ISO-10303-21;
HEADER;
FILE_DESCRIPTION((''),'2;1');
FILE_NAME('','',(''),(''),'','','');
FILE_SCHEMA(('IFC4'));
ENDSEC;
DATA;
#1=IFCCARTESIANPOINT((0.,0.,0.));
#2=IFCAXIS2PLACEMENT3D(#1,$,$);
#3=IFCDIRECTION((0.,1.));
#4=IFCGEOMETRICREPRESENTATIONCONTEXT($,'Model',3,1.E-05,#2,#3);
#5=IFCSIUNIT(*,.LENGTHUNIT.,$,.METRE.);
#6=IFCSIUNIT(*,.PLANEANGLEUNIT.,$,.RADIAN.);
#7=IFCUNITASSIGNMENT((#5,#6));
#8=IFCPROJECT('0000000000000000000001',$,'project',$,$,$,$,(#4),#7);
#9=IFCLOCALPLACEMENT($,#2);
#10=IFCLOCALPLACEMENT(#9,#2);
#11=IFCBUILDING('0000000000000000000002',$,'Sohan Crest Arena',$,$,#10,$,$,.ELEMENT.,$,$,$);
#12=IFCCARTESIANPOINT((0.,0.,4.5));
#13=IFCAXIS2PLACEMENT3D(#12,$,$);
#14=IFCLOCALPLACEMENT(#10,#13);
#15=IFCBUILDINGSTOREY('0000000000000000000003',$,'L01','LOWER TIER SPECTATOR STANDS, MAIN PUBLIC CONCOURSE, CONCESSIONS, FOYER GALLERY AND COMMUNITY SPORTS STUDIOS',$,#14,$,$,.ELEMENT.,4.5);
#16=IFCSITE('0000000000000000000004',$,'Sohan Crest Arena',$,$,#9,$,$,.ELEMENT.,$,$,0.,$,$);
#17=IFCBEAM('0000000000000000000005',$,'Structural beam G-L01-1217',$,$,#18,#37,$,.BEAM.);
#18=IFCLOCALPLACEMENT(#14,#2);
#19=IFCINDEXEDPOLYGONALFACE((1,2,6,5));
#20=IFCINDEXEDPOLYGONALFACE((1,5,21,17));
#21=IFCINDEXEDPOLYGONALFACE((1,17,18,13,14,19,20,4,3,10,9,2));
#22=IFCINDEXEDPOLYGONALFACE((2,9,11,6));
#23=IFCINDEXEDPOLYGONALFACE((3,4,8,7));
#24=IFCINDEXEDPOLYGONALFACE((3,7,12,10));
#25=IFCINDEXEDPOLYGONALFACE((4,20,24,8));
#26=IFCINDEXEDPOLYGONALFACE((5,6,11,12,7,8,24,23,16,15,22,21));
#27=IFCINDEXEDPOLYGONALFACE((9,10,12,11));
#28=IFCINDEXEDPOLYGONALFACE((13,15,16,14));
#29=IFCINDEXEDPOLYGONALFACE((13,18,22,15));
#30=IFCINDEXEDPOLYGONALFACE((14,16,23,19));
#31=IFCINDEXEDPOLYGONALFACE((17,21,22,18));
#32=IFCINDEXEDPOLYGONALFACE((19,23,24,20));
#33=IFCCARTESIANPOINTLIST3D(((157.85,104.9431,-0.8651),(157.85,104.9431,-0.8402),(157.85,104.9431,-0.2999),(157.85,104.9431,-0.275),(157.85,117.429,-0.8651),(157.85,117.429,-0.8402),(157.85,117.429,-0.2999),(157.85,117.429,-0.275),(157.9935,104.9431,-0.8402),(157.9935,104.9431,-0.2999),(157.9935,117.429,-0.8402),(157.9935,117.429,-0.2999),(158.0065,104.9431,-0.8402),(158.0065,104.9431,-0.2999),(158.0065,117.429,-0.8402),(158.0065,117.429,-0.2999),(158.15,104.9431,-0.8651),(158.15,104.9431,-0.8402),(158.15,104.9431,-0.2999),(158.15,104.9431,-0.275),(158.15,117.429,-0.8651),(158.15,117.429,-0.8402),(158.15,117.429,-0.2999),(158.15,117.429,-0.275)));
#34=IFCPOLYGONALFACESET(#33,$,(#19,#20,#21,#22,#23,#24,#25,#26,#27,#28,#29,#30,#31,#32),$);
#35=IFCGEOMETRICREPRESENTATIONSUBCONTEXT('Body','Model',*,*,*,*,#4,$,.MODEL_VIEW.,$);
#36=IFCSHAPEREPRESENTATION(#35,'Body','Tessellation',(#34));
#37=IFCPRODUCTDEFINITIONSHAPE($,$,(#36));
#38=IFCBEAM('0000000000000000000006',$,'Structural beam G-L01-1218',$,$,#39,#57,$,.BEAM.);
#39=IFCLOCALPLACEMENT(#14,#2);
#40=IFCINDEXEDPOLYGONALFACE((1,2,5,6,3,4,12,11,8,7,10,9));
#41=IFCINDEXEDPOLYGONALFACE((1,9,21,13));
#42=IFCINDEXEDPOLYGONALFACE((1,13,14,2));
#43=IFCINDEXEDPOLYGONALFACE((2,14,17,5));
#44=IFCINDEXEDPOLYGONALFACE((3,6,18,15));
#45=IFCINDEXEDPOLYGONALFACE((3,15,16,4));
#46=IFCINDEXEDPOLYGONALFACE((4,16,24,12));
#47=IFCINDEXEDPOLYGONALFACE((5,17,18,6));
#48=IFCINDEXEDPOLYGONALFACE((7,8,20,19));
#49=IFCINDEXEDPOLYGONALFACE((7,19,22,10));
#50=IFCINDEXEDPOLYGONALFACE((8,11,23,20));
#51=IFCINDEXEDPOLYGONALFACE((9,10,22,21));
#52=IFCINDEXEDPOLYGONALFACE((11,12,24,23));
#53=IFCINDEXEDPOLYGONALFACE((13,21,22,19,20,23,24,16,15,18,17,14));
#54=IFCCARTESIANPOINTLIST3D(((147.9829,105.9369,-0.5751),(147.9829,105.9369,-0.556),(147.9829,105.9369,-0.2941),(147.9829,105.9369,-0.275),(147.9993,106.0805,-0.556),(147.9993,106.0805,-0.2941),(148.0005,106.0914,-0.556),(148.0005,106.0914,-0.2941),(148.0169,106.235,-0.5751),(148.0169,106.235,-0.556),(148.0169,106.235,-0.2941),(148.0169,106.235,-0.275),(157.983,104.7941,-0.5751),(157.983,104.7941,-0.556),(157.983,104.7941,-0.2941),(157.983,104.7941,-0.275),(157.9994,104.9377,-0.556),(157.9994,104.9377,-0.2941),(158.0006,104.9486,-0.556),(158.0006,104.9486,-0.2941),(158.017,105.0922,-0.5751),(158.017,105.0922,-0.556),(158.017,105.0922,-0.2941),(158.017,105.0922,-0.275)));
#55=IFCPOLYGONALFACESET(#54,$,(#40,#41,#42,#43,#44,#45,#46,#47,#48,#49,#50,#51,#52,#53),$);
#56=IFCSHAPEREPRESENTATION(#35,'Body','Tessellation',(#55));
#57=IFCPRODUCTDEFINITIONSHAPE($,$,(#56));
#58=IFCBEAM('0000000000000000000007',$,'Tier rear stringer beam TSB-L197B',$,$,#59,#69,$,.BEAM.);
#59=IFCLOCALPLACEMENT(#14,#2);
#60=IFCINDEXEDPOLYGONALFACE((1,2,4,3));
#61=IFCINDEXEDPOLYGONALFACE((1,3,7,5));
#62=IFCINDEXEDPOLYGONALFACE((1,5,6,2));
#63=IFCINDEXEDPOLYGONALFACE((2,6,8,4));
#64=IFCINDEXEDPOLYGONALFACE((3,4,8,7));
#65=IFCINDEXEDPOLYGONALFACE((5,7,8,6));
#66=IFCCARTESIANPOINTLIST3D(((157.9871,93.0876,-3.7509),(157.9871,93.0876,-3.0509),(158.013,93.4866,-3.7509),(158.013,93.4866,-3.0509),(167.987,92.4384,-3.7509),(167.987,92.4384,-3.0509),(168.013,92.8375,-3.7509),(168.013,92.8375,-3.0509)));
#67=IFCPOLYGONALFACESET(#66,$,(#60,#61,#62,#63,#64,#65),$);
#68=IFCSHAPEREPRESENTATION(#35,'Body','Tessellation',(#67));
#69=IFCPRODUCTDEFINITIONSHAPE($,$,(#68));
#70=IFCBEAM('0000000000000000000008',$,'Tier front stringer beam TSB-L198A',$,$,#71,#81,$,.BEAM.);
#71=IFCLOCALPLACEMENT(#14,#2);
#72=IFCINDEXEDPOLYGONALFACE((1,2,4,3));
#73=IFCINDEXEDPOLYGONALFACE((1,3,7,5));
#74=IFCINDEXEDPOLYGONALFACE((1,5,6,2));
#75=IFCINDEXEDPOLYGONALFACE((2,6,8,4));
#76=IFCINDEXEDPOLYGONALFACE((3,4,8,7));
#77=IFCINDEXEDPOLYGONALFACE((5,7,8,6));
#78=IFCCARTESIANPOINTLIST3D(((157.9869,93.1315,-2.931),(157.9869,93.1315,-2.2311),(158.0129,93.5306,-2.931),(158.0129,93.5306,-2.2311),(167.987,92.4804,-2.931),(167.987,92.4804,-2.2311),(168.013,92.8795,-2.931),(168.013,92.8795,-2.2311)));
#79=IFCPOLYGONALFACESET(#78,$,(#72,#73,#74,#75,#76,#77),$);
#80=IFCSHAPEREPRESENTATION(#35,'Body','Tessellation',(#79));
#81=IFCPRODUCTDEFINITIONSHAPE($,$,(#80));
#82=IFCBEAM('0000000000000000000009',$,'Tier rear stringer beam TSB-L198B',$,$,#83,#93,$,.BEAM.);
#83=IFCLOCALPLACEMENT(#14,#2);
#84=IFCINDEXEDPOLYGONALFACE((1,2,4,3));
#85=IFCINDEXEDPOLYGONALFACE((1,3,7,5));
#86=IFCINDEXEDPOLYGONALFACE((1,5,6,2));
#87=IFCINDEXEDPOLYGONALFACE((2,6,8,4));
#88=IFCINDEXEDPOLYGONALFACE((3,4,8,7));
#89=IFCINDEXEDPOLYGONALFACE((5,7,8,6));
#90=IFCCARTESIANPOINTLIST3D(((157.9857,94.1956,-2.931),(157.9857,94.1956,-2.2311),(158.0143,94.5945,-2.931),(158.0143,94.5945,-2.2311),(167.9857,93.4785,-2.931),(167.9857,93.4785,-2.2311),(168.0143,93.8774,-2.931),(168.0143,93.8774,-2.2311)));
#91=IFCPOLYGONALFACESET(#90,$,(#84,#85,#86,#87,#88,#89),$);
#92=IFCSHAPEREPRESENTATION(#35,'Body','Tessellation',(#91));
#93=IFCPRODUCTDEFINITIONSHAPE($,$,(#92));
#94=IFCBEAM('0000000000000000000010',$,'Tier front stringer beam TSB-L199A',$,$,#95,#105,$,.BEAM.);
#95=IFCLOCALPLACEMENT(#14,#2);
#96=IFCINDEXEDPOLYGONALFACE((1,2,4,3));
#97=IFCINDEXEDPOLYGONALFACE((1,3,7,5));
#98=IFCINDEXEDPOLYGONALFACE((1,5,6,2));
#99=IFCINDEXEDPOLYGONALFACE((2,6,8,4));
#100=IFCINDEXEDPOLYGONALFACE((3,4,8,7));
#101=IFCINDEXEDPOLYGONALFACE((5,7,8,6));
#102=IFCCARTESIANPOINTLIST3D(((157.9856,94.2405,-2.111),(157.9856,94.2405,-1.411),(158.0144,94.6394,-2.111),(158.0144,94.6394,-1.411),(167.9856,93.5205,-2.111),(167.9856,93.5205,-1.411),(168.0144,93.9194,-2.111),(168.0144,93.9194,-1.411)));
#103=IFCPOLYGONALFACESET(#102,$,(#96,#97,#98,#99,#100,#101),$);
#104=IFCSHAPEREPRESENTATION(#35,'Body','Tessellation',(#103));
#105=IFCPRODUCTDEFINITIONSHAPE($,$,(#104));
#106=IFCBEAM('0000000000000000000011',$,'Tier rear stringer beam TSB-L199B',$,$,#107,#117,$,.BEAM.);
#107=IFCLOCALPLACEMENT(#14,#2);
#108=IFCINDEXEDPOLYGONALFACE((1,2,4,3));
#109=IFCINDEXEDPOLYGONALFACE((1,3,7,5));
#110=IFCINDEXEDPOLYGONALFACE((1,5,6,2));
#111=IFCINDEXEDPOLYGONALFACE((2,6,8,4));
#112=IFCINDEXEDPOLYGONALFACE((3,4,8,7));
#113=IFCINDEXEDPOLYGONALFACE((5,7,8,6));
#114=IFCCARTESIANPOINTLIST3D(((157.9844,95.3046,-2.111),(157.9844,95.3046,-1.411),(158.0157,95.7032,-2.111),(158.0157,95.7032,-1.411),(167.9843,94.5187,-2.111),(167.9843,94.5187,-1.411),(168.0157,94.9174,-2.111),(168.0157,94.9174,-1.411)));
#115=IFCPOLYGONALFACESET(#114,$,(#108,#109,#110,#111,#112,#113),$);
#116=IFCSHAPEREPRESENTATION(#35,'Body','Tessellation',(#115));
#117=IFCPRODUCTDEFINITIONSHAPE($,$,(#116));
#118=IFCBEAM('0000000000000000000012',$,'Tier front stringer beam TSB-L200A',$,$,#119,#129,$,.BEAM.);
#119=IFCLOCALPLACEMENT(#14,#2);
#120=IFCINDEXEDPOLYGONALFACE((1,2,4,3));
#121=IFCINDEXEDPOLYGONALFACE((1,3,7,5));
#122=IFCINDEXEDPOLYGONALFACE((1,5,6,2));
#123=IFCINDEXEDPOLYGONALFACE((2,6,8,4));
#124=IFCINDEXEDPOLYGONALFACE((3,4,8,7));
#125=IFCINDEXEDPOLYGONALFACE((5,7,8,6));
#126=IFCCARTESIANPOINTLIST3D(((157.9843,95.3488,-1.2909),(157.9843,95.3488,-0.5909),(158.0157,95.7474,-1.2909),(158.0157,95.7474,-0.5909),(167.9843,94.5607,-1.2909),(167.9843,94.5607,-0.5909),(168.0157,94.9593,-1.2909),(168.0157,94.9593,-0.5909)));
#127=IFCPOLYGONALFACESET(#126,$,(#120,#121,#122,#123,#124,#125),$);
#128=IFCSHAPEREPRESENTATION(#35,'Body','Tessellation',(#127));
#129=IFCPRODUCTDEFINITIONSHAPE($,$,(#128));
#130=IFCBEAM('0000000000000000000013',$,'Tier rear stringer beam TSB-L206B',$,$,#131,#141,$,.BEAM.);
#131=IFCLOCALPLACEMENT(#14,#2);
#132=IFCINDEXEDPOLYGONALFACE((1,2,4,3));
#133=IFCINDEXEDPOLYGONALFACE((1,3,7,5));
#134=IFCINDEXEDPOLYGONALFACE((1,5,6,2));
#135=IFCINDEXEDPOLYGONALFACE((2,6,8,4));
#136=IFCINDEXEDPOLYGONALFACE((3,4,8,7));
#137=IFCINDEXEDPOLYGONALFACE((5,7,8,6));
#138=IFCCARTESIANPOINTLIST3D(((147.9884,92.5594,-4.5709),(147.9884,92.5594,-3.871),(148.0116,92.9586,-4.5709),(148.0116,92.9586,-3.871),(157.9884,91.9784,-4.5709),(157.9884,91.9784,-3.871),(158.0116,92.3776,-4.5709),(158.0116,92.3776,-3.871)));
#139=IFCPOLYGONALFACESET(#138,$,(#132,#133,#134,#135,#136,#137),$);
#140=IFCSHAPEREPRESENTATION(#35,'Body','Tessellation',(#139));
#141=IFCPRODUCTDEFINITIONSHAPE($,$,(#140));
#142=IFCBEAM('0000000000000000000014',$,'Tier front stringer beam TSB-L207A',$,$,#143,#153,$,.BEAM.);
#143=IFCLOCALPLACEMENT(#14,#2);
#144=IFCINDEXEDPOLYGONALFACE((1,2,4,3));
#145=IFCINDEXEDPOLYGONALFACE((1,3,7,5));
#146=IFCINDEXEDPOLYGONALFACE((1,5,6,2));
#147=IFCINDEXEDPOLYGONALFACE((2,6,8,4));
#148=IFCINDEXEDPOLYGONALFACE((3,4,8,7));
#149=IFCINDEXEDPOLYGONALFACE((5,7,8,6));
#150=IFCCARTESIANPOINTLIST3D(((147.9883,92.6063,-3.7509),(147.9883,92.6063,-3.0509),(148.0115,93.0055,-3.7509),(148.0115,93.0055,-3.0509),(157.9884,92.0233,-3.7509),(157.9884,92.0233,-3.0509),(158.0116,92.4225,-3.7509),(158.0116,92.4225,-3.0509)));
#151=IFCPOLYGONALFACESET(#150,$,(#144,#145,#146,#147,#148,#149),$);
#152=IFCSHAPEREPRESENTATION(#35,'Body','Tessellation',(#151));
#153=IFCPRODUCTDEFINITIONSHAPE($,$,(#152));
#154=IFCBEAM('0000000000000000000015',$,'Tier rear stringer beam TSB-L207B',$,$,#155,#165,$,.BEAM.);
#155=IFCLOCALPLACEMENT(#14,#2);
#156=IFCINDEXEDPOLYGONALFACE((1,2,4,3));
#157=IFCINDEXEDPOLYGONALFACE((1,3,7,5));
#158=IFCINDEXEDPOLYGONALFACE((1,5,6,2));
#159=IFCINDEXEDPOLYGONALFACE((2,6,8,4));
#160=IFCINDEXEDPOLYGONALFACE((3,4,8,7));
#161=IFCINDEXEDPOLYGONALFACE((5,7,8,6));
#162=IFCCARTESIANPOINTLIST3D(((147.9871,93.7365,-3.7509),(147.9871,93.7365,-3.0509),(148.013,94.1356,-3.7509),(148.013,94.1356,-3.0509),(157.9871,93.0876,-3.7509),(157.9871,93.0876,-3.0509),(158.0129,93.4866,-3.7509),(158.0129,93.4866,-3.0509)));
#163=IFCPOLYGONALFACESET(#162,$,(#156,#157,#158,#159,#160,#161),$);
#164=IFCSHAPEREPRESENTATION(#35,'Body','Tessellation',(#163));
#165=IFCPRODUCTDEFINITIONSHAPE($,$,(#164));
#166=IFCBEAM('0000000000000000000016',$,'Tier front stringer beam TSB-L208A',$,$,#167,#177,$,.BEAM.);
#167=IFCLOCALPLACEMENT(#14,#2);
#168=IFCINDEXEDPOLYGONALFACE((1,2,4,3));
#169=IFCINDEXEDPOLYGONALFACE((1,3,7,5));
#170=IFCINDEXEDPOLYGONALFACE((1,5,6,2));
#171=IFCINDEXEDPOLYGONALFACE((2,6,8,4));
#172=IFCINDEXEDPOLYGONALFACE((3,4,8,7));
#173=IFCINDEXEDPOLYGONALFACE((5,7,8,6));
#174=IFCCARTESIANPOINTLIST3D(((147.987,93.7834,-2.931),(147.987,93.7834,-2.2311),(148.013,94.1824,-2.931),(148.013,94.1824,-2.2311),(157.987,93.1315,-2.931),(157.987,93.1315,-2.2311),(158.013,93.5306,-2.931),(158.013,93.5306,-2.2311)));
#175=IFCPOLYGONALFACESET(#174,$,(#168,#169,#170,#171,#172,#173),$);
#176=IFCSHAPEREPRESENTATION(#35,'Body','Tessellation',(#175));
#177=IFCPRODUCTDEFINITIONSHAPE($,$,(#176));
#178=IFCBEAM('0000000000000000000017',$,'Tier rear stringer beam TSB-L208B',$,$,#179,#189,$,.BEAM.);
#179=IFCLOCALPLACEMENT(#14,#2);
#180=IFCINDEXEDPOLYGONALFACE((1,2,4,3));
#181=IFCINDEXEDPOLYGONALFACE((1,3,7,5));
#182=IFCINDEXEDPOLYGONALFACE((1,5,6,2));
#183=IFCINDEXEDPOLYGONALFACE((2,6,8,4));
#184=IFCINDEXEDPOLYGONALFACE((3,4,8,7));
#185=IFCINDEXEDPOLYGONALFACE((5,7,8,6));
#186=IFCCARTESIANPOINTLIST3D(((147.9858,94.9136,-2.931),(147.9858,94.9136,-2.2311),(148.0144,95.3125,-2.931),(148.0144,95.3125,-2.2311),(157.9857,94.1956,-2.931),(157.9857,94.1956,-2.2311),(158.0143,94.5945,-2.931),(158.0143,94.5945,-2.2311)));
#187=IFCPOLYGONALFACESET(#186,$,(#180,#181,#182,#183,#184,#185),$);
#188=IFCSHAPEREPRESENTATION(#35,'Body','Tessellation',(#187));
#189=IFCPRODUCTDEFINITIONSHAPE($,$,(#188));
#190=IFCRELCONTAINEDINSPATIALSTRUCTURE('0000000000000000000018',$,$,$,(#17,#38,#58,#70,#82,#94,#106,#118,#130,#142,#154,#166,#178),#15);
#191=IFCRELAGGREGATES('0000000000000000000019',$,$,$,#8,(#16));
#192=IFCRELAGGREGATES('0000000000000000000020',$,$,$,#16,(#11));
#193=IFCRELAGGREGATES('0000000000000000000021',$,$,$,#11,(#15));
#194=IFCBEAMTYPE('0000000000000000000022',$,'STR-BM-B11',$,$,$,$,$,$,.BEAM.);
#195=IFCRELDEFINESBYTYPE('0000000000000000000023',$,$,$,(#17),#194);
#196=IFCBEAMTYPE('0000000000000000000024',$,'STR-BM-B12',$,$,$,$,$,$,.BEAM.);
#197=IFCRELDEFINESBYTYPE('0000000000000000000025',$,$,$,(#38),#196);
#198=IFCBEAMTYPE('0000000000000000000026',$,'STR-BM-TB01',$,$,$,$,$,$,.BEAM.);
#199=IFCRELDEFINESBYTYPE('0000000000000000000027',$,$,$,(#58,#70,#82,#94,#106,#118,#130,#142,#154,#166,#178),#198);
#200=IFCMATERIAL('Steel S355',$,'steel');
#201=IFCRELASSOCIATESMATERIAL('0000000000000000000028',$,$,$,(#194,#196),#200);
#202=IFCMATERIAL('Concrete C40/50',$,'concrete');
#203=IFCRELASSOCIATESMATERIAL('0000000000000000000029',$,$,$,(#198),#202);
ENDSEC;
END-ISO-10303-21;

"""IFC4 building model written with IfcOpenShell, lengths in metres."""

from ifc_helpers import new_model, si_unit, direction, frame, origin, origin_2d, place, context, subcontext, project, spatial, rectangle, i_section, extrude, material, material_profile, profile_set, type_object, element, save


model = new_model("IFC4")

# Units and contexts
model_context = context("Model", 3, precision=1e-05, world=origin(), true_north=direction((0.0, 1.0)))
body_context = subcontext(model_context, "Body", "Model", "MODEL_VIEW")
ifc_project = project(units=[si_unit("LENGTHUNIT", "METRE"), si_unit("PLANEANGLEUNIT", "RADIAN")], contexts=[model_context])

# Site, building, storey
site_placement = place(None, origin())
site = spatial("IfcSite", under=ifc_project, at=site_placement, Name="Sohan Crest Arena", CompositionType="ELEMENT", RefElevation=0.0)
building_placement = place(site_placement, origin())
building = spatial("IfcBuilding", under=site, at=building_placement, Name="Sohan Crest Arena", CompositionType="ELEMENT")
storey_placement = place(building_placement, frame((0.0, 0.0, 4.5)))
storey = spatial("IfcBuildingStorey", under=building, at=storey_placement, Name="L01", Description="LOWER TIER SPECTATOR STANDS, MAIN PUBLIC CONCOURSE, CONCESSIONS, FOYER GALLERY AND COMMUNITY SPORTS STUDIOS", CompositionType="ELEMENT", Elevation=4.5)

# Shared definitions
ifc_material_1 = material(Name="Concrete C40/50", Category="concrete")
ifc_material_2 = material(Name="Steel S355", Category="steel")

# Beams
ifc_material_profile_1 = material_profile(ifc_material_2, i_section(OverallWidth=0.3, OverallDepth=0.5901, WebThickness=0.0129, FlangeThickness=0.0249, at=origin_2d()), Name="HEA 600")
ifc_profile_set_1 = profile_set([ifc_material_profile_1], Name="Steel S355")
beam_type_1 = type_object("IfcBeamType", Name="STR-BM-B11", PredefinedType="BEAM", material=ifc_profile_set_1)
beam_1_placement = place(storey_placement, frame((158.0, 104.9431, -0.5701), z_axis=(0.0, 1.0, 0.0), x_axis=(-1.0, 0.0, 0.0)))
element("IfcBeam", 1, at=beam_1_placement, inside=storey, type_object=beam_type_1, Name="Structural beam G-L01-1217", PredefinedType="BEAM", context=body_context, shape_type="SweptSolid", body=[
    extrude(i_section(OverallWidth=0.3, OverallDepth=0.5901, WebThickness=0.0129, FlangeThickness=0.0249, at=origin_2d()), origin(), (0.0, 0.0, 1.0), 12.4858),
])
ifc_material_profile_2 = material_profile(ifc_material_2, i_section(OverallWidth=0.3, OverallDepth=0.3, WebThickness=0.011, FlangeThickness=0.019, at=origin_2d()), Name="HEB 300")
ifc_profile_set_2 = profile_set([ifc_material_profile_2], Name="Steel S355")
beam_type_2 = type_object("IfcBeamType", Name="STR-BM-B12", PredefinedType="BEAM", material=ifc_profile_set_2)
beam_2_placement = place(storey_placement, frame((158.0, 104.9431, -0.425), z_axis=(-0.993533, 0.113543, 0.0), x_axis=(-0.113543, -0.993533, 0.0)))
element("IfcBeam", 2, at=beam_2_placement, inside=storey, type_object=beam_type_2, Name="Structural beam G-L01-1218", PredefinedType="BEAM", context=body_context, shape_type="SweptSolid", body=[
    extrude(i_section(OverallWidth=0.3, OverallDepth=0.3, WebThickness=0.011, FlangeThickness=0.019, at=origin_2d()), origin(), (0.0, 0.0, 1.0), 10.0652),
])
ifc_material_profile_3 = material_profile(ifc_material_1, rectangle(XDim=0.3999, YDim=0.7, at=origin_2d()), Name="RC-BM 400x700")
ifc_profile_set_3 = profile_set([ifc_material_profile_3], Name="Concrete C40/50")
beam_type_3 = type_object("IfcBeamType", Name="STR-BM-TB01", PredefinedType="BEAM", material=ifc_profile_set_3)
beam_3_placement = place(storey_placement, frame((168.0, 92.6379, -3.4009), z_axis=(-0.9979, 0.064781, 0.0), x_axis=(-0.064781, -0.9979, 0.0)))
element("IfcBeam", 3, at=beam_3_placement, inside=storey, type_object=beam_type_3, Name="Tier rear stringer beam TSB-L197B", PredefinedType="BEAM", context=body_context, shape_type="SweptSolid", body=[
    extrude(rectangle(XDim=0.3999, YDim=0.7, at=origin_2d()), origin(), (0.0, 0.0, 1.0), 10.021),
])
beam_4_placement = place(storey_placement, frame((168.0, 92.6799, -2.5811), z_axis=(-0.997887, 0.064975, 0.0), x_axis=(-0.064975, -0.997887, 0.0)))
element("IfcBeam", 4, at=beam_4_placement, inside=storey, type_object=beam_type_3, Name="Tier front stringer beam TSB-L198A", PredefinedType="BEAM", context=body_context, shape_type="SweptSolid", body=[
    extrude(rectangle(XDim=0.3999, YDim=0.7, at=origin_2d()), origin(), (0.0, 0.0, 1.0), 10.0212),
])
beam_5_placement = place(storey_placement, frame((168.0, 93.678, -2.5811), z_axis=(-0.997439, 0.07152, 0.0), x_axis=(-0.07152, -0.997439, 0.0)))
element("IfcBeam", 5, at=beam_5_placement, inside=storey, type_object=beam_type_3, Name="Tier rear stringer beam TSB-L198B", PredefinedType="BEAM", context=body_context, shape_type="SweptSolid", body=[
    extrude(rectangle(XDim=0.3999, YDim=0.7, at=origin_2d()), origin(), (0.0, 0.0, 1.0), 10.0256),
])
beam_6_placement = place(storey_placement, frame((168.0, 93.72, -1.761), z_axis=(-0.997418, 0.071811, 0.0), x_axis=(-0.071811, -0.997418, 0.0)))
element("IfcBeam", 6, at=beam_6_placement, inside=storey, type_object=beam_type_3, Name="Tier front stringer beam TSB-L199A", PredefinedType="BEAM", context=body_context, shape_type="SweptSolid", body=[
    extrude(rectangle(XDim=0.3999, YDim=0.7, at=origin_2d()), origin(), (0.0, 0.0, 1.0), 10.0259),
])
beam_7_placement = place(storey_placement, frame((168.0, 94.718, -1.761), z_axis=(-0.996926, 0.078347, 0.0), x_axis=(-0.078347, -0.996926, 0.0)))
element("IfcBeam", 7, at=beam_7_placement, inside=storey, type_object=beam_type_3, Name="Tier rear stringer beam TSB-L199B", PredefinedType="BEAM", context=body_context, shape_type="SweptSolid", body=[
    extrude(rectangle(XDim=0.3999, YDim=0.7, at=origin_2d()), origin(), (0.0, 0.0, 1.0), 10.0308),
])
beam_8_placement = place(storey_placement, frame((168.0, 94.76, -0.9409), z_axis=(-0.996909, 0.078565, 0.0), x_axis=(-0.078565, -0.996909, 0.0)))
element("IfcBeam", 8, at=beam_8_placement, inside=storey, type_object=beam_type_3, Name="Tier front stringer beam TSB-L200A", PredefinedType="BEAM", context=body_context, shape_type="SweptSolid", body=[
    extrude(rectangle(XDim=0.3999, YDim=0.7, at=origin_2d()), origin(), (0.0, 0.0, 1.0), 10.031),
])
beam_9_placement = place(storey_placement, frame((158.0, 92.178, -4.2209), z_axis=(-0.998316, 0.058008, 0.0), x_axis=(-0.058008, -0.998316, 0.0)))
element("IfcBeam", 9, at=beam_9_placement, inside=storey, type_object=beam_type_3, Name="Tier rear stringer beam TSB-L206B", PredefinedType="BEAM", context=body_context, shape_type="SweptSolid", body=[
    extrude(rectangle(XDim=0.3999, YDim=0.7, at=origin_2d()), origin(), (0.0, 0.0, 1.0), 10.0168),
])
beam_10_placement = place(storey_placement, frame((158.0, 92.2229, -3.4009), z_axis=(-0.998305, 0.058202, 0.0), x_axis=(-0.058202, -0.998305, 0.0)))
element("IfcBeam", 10, at=beam_10_placement, inside=storey, type_object=beam_type_3, Name="Tier front stringer beam TSB-L207A", PredefinedType="BEAM", context=body_context, shape_type="SweptSolid", body=[
    extrude(rectangle(XDim=0.3999, YDim=0.7, at=origin_2d()), origin(), (0.0, 0.0, 1.0), 10.0171),
])
beam_11_placement = place(storey_placement, frame((158.0, 93.2871, -3.4009), z_axis=(-0.997901, 0.064756, 0.0), x_axis=(-0.064756, -0.997901, 0.0)))
element("IfcBeam", 11, at=beam_11_placement, inside=storey, type_object=beam_type_3, Name="Tier rear stringer beam TSB-L207B", PredefinedType="BEAM", context=body_context, shape_type="SweptSolid", body=[
    extrude(rectangle(XDim=0.3999, YDim=0.7, at=origin_2d()), origin(), (0.0, 0.0, 1.0), 10.021),
])
beam_12_placement = place(storey_placement, frame((158.0, 93.3311, -2.5811), z_axis=(-0.997882, 0.065047, 0.0), x_axis=(-0.065047, -0.997882, 0.0)))
element("IfcBeam", 12, at=beam_12_placement, inside=storey, type_object=beam_type_3, Name="Tier front stringer beam TSB-L208A", PredefinedType="BEAM", context=body_context, shape_type="SweptSolid", body=[
    extrude(rectangle(XDim=0.3999, YDim=0.7, at=origin_2d()), origin(), (0.0, 0.0, 1.0), 10.0212),
])
beam_13_placement = place(storey_placement, frame((158.0, 94.395, -2.5811), z_axis=(-0.997432, 0.071617, 0.0), x_axis=(-0.071617, -0.997432, 0.0)))
element("IfcBeam", 13, at=beam_13_placement, inside=storey, type_object=beam_type_3, Name="Tier rear stringer beam TSB-L208B", PredefinedType="BEAM", context=body_context, shape_type="SweptSolid", body=[
    extrude(rectangle(XDim=0.3999, YDim=0.7, at=origin_2d()), origin(), (0.0, 0.0, 1.0), 10.0256),
])

save(model, "model.ifc")
